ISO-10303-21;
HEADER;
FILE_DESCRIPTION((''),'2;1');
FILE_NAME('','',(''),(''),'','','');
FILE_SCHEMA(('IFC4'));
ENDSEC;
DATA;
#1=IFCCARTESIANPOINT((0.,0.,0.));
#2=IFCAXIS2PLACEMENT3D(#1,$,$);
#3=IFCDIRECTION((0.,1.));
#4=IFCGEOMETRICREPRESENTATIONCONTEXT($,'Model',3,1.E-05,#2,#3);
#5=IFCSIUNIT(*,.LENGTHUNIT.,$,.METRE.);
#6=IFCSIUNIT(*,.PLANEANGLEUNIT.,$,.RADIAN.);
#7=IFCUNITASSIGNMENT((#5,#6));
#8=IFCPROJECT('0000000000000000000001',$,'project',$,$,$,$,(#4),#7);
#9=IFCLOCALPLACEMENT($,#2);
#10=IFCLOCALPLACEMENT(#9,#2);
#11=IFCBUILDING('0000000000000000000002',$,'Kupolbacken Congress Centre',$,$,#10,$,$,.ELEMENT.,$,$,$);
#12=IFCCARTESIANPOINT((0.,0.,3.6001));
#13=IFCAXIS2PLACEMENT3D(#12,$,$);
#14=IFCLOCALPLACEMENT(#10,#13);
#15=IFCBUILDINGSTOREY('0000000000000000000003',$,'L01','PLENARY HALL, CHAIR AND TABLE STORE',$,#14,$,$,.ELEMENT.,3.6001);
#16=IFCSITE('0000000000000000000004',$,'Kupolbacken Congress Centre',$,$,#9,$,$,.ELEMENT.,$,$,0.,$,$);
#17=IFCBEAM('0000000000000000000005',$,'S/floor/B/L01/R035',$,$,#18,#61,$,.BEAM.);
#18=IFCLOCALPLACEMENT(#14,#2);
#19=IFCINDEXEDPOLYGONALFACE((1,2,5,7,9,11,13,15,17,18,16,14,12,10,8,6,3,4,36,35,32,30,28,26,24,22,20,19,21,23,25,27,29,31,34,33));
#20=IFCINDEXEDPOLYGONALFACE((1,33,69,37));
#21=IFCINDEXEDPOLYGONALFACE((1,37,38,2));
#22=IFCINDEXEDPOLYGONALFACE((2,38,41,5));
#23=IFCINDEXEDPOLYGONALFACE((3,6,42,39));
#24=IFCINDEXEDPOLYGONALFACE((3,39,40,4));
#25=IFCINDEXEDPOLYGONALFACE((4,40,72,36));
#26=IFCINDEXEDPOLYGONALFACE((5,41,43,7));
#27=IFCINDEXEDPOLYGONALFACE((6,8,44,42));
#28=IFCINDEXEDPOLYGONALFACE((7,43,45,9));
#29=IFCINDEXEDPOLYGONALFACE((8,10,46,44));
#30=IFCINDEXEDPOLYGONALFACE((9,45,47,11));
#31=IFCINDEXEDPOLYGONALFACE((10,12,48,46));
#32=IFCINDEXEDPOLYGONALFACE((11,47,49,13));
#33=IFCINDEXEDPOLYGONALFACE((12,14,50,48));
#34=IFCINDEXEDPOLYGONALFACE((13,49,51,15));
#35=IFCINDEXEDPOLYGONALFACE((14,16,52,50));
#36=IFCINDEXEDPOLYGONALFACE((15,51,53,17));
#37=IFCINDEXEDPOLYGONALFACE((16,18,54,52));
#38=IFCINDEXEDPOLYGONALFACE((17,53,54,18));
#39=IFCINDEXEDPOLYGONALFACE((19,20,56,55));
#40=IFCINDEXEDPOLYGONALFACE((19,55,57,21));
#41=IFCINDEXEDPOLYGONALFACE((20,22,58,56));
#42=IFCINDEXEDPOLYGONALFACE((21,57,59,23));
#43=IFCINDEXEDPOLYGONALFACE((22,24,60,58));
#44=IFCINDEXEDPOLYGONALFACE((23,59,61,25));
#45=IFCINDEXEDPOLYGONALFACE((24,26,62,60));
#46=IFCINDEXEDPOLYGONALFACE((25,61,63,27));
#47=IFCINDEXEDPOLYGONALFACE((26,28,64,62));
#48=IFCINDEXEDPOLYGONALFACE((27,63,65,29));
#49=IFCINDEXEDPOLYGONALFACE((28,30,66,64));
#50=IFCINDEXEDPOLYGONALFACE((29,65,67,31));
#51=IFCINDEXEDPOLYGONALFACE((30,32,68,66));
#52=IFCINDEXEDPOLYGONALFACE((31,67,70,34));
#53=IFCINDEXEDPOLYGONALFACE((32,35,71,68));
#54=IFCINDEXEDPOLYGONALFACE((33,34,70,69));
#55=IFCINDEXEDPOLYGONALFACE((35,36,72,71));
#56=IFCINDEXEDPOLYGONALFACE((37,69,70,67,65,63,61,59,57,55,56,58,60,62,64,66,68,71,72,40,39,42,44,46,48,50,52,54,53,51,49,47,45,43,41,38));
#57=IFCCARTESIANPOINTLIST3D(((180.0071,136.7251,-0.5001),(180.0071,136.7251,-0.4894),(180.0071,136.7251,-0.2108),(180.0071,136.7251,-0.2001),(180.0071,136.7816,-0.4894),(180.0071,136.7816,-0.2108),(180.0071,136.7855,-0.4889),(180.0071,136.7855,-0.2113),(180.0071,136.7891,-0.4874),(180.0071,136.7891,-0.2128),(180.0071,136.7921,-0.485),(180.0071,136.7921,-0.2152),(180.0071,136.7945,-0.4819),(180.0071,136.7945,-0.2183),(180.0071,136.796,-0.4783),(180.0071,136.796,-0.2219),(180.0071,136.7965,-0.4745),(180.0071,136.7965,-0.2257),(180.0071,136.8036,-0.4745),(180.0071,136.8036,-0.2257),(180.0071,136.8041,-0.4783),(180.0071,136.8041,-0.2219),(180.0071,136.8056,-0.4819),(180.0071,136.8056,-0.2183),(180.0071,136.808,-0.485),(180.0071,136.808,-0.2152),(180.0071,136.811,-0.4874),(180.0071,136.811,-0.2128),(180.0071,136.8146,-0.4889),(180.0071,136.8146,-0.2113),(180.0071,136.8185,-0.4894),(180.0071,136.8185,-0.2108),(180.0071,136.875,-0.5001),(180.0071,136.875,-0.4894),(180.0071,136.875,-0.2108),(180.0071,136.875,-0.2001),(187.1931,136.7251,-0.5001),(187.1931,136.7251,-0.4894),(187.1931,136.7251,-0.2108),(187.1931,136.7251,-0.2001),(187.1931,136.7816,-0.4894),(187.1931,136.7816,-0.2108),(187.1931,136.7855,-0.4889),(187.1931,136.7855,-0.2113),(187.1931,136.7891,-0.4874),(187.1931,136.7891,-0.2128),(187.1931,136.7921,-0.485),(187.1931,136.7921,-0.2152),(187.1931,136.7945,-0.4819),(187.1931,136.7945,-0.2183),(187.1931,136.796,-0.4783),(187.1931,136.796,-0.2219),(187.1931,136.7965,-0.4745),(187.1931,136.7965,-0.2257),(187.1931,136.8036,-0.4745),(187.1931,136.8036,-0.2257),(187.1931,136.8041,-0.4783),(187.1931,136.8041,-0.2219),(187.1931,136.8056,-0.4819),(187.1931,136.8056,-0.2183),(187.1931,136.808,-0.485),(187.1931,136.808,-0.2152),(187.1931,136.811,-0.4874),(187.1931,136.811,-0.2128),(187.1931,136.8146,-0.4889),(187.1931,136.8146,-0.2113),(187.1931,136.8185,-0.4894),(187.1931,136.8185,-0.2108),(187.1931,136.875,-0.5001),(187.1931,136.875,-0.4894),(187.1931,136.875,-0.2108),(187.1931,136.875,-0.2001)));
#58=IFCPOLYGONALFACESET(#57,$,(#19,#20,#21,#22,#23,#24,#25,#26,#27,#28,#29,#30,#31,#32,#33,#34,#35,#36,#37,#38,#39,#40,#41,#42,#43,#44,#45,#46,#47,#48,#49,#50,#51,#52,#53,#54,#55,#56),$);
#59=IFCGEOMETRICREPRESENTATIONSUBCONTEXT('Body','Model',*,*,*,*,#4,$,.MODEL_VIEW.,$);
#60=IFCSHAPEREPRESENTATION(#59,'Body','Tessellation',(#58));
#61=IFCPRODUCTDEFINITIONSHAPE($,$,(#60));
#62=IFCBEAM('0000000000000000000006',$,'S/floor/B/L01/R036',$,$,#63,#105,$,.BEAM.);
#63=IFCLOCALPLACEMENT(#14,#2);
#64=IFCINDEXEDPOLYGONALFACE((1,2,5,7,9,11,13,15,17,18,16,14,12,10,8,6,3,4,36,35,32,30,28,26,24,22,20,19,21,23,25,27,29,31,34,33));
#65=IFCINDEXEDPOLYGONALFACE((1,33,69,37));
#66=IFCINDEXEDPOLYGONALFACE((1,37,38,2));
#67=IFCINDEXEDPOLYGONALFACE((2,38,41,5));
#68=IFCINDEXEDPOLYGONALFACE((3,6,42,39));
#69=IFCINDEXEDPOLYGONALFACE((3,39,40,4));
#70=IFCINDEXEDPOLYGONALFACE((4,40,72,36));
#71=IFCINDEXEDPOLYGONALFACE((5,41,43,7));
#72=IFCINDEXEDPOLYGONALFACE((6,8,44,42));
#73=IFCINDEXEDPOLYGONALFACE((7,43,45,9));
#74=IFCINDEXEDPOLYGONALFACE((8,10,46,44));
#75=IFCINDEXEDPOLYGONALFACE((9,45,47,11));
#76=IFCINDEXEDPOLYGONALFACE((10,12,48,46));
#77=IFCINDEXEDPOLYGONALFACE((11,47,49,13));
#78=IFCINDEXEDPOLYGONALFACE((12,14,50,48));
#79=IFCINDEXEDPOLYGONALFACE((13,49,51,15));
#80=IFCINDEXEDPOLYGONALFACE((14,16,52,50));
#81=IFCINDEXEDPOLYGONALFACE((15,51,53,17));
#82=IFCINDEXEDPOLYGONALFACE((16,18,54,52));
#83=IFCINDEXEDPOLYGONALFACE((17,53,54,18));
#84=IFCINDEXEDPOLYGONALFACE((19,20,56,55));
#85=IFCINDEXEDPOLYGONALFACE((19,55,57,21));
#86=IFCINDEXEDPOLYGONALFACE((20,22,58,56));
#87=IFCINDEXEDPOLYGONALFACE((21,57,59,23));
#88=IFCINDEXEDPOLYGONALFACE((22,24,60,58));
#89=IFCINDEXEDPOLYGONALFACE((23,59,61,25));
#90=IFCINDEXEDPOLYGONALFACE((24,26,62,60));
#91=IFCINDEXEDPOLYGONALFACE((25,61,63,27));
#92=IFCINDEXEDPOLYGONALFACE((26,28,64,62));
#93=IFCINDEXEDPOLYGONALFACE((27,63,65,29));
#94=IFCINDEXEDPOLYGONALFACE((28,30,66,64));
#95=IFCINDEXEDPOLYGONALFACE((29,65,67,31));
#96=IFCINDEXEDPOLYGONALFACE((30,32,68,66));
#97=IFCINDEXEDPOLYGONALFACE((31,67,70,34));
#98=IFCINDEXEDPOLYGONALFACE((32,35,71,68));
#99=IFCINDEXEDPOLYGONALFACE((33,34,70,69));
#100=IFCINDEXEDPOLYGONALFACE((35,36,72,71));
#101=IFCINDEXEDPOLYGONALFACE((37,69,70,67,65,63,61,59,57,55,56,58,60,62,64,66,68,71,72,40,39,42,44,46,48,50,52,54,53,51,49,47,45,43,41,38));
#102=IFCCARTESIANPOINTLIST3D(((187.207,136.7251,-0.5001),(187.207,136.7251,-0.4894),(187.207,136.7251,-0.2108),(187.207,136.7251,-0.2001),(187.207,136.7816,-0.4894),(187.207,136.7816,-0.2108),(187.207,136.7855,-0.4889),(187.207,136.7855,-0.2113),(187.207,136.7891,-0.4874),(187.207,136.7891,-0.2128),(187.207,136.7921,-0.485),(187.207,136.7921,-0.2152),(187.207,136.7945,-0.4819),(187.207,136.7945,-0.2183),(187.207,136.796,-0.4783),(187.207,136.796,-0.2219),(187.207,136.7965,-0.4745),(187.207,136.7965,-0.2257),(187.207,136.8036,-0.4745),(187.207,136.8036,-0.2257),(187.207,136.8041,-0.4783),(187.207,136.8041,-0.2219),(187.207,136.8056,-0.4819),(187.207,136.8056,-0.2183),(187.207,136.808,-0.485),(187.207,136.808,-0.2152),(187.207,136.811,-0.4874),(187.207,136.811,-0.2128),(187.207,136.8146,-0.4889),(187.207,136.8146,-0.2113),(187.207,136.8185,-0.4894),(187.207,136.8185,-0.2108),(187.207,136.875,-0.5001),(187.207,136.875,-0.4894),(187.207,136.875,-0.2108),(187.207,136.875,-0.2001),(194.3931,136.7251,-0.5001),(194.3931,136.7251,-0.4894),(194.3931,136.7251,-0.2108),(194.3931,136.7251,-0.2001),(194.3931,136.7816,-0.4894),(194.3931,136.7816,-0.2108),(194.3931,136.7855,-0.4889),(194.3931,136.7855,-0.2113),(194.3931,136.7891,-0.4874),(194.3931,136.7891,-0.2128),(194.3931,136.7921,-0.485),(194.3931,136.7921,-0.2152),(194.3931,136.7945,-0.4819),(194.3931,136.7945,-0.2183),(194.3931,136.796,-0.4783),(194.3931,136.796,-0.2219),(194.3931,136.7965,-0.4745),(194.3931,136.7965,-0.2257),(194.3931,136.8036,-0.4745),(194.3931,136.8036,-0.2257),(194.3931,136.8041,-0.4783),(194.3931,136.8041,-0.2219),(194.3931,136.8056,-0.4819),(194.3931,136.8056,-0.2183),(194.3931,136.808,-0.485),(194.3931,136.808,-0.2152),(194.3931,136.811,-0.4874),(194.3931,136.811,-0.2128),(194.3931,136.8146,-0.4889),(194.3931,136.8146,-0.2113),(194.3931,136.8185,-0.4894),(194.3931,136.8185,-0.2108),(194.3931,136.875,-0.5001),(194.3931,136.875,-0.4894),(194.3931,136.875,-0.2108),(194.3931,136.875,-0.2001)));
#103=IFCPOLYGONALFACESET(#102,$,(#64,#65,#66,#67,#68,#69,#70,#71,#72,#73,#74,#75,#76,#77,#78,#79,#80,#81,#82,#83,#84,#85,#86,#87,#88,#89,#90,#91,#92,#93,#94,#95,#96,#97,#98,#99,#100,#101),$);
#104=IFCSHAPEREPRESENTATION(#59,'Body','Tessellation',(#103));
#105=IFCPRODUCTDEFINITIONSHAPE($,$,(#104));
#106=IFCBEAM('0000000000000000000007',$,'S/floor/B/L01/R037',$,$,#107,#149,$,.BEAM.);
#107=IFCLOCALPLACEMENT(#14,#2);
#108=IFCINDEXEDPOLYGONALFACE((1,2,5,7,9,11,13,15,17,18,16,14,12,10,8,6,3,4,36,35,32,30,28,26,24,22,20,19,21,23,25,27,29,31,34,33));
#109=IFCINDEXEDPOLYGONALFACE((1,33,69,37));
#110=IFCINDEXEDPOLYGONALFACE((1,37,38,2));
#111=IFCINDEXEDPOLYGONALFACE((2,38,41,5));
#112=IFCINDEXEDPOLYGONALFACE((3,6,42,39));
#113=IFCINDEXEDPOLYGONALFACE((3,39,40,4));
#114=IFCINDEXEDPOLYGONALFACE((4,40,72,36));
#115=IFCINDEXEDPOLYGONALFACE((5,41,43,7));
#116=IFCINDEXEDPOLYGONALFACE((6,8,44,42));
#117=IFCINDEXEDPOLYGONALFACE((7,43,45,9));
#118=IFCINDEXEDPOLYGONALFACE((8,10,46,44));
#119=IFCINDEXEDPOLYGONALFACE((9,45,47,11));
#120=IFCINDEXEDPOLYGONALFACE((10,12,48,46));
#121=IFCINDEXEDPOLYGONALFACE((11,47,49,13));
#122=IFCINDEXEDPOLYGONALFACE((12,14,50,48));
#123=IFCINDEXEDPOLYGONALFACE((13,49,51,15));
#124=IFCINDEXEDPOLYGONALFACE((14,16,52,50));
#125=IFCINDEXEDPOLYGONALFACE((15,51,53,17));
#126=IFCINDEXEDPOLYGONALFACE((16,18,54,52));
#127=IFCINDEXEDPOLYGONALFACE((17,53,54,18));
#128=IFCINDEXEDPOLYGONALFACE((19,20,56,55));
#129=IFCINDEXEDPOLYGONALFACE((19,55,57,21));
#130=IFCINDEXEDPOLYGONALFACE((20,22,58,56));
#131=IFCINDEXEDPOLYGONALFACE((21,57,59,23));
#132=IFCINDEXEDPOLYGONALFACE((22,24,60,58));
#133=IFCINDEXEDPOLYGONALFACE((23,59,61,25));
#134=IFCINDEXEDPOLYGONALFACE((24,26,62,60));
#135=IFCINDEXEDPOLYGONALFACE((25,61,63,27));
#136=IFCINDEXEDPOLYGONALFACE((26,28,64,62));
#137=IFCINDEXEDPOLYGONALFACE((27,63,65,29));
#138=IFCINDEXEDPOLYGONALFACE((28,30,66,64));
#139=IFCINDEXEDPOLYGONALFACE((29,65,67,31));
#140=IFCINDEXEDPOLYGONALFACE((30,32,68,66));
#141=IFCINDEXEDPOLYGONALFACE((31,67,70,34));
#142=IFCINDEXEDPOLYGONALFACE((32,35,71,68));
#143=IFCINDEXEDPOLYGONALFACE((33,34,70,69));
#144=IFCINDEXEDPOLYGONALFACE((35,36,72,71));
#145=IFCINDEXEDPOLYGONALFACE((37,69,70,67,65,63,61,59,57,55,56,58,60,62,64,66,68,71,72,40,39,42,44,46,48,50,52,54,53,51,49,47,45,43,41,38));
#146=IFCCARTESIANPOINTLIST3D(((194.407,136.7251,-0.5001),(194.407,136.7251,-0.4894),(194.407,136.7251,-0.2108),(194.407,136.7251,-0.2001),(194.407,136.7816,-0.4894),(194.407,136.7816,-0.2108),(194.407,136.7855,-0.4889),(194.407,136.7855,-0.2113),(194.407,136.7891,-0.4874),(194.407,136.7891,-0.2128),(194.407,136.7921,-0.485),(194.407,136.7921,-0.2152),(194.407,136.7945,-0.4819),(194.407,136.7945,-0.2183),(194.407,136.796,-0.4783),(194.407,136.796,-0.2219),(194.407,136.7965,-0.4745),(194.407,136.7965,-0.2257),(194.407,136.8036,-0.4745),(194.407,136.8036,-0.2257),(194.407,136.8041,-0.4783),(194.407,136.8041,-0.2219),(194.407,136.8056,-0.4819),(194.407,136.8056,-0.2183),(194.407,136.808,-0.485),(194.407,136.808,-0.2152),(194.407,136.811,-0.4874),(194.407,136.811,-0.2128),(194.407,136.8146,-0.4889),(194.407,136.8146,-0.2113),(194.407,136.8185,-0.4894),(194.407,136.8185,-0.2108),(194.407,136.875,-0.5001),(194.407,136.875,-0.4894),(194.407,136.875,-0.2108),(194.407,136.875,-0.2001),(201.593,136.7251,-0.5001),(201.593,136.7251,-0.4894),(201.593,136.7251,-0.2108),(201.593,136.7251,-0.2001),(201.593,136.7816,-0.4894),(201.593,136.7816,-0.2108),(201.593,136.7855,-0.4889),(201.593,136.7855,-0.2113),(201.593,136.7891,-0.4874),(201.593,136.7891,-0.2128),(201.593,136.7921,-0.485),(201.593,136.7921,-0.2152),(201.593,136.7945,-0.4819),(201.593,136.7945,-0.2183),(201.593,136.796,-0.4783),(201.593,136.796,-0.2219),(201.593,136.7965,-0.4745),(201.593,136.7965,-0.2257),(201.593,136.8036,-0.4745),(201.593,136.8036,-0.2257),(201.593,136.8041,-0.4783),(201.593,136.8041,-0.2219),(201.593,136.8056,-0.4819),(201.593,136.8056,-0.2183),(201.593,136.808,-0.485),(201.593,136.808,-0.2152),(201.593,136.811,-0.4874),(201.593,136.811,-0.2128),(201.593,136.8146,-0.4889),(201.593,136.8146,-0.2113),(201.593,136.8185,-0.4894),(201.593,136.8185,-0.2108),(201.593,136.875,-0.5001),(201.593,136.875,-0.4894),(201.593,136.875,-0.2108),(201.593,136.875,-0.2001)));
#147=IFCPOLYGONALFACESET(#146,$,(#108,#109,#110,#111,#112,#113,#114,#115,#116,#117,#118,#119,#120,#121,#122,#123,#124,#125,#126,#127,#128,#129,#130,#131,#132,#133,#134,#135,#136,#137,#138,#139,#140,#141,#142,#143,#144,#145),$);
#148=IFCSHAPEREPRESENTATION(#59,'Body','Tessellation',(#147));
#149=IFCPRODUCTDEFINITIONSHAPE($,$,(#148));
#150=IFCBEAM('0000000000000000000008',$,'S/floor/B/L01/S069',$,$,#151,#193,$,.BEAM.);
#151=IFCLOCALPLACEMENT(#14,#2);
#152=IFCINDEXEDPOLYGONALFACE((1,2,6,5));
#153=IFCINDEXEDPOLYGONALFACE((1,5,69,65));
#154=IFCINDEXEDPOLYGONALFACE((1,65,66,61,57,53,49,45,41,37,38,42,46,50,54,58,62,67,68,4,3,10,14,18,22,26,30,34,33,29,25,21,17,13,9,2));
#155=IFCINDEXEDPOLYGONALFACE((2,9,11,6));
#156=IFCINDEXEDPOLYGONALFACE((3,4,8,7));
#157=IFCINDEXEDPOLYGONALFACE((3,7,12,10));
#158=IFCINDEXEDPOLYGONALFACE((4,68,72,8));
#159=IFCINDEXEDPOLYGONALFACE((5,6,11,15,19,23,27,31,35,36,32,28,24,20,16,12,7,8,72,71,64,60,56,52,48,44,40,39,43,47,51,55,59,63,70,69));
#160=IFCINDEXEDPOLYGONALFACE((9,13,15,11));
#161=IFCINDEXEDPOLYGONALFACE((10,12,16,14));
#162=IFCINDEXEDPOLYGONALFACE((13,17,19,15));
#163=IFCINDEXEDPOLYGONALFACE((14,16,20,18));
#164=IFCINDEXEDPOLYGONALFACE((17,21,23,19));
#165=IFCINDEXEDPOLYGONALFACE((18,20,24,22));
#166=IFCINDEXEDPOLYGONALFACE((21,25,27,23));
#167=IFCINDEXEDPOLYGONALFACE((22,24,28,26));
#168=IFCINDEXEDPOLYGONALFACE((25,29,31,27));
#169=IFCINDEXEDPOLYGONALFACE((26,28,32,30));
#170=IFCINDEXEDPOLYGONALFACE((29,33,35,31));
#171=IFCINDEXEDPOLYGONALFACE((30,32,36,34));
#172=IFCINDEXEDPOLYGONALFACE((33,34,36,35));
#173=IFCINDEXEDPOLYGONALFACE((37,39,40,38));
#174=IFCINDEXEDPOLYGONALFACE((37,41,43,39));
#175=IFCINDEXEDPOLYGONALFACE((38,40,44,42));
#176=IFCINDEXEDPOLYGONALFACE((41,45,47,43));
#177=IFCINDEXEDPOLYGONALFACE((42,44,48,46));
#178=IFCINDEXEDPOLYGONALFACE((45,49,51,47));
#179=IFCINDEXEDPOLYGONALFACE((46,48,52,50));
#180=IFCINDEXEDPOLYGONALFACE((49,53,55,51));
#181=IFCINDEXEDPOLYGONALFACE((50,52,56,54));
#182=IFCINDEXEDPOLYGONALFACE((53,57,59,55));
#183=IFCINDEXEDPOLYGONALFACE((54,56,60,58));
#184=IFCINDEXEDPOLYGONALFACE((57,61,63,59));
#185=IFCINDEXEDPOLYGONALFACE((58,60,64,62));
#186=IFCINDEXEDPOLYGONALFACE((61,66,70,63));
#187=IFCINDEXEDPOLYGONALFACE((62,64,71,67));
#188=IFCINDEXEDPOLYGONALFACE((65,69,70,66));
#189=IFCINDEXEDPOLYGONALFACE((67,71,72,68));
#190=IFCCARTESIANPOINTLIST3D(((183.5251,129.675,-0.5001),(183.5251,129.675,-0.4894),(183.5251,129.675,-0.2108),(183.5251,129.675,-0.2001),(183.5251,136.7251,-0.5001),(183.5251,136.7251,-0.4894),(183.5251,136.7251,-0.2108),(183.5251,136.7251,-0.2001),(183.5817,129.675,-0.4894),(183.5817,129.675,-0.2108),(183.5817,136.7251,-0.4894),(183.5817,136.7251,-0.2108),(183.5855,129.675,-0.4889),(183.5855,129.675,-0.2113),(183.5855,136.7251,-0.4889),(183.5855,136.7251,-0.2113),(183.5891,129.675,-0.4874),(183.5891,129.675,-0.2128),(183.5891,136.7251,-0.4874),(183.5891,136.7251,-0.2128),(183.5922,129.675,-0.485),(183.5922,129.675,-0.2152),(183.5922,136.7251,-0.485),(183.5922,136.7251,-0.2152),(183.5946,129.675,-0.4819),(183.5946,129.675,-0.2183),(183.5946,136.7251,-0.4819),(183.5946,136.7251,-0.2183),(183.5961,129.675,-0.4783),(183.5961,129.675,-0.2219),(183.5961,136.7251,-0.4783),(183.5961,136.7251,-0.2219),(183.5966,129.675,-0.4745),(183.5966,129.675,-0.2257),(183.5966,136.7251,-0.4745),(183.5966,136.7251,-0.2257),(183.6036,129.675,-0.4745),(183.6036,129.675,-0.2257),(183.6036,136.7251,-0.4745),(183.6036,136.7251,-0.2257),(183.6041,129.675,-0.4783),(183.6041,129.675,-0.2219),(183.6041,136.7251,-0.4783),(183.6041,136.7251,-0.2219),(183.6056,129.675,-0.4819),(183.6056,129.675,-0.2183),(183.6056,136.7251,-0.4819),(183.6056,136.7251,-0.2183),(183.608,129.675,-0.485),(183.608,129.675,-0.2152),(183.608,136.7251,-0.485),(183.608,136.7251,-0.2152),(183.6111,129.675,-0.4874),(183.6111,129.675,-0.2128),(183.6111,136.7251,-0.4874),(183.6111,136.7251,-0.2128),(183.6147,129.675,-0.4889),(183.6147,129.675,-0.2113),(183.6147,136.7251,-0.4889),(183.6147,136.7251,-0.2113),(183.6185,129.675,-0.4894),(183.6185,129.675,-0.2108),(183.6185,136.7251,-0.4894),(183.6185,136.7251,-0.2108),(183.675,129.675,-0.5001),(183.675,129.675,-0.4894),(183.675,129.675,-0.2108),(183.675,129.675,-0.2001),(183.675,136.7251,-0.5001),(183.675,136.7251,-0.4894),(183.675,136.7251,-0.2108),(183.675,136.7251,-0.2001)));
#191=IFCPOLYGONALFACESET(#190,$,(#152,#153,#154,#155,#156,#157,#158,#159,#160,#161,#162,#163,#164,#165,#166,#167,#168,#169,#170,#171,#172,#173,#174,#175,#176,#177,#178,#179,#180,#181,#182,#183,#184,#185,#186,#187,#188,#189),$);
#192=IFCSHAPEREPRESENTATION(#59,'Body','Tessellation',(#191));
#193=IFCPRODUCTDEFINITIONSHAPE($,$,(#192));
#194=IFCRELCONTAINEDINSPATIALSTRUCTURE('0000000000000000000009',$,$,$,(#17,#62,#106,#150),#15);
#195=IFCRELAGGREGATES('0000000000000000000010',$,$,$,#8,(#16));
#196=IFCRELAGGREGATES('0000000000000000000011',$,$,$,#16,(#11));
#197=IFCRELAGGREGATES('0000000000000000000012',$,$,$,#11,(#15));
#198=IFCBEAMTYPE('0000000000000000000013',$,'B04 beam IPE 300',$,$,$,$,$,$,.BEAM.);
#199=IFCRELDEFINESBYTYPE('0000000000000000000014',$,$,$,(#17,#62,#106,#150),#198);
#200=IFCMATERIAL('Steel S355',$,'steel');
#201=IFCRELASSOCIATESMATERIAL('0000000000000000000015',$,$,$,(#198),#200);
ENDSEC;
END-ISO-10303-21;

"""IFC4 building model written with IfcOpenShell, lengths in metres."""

from ifc_helpers import new_model, si_unit, direction, frame, origin, origin_2d, place, context, subcontext, project, spatial, i_section, extrude, material, material_profile, profile_set, type_object, element, save


model = new_model("IFC4")

# Units and contexts
model_context = context("Model", 3, precision=1e-05, world=origin(), true_north=direction((0.0, 1.0)))
body_context = subcontext(model_context, "Body", "Model", "MODEL_VIEW")
ifc_project = project(units=[si_unit("LENGTHUNIT", "METRE"), si_unit("PLANEANGLEUNIT", "RADIAN")], contexts=[model_context])

# Site, building, storey
site_placement = place(None, origin())
site = spatial("IfcSite", under=ifc_project, at=site_placement, Name="Kupolbacken Congress Centre", CompositionType="ELEMENT", RefElevation=0.0)
building_placement = place(site_placement, origin())
building = spatial("IfcBuilding", under=site, at=building_placement, Name="Kupolbacken Congress Centre", CompositionType="ELEMENT")
storey_placement = place(building_placement, frame((0.0, 0.0, 3.6001)))
storey = spatial("IfcBuildingStorey", under=building, at=storey_placement, Name="L01", Description="PLENARY HALL, CHAIR AND TABLE STORE", CompositionType="ELEMENT", Elevation=3.6001)

# Beams
ifc_material_1 = material(Name="Steel S355", Category="steel")
ifc_material_profile_1 = material_profile(ifc_material_1, i_section(OverallWidth=0.1499, OverallDepth=0.3, WebThickness=0.0071, FlangeThickness=0.0107, FilletRadius=0.0149, at=origin_2d()), Name="IPE 300")
ifc_profile_set_1 = profile_set([ifc_material_profile_1], Name="Steel S355")
beam_type_1 = type_object("IfcBeamType", Name="B04 beam IPE 300", PredefinedType="BEAM", material=ifc_profile_set_1)
for number, where, z_axis, x_axis, name in (
    (1, (180.0071, 136.8, -0.3501), (1.0, 0.0, 0.0), (0.0, 1.0, 0.0), "S/floor/B/L01/R035"),
    (2, (187.207, 136.8, -0.3501), (1.0, 0.0, 0.0), (0.0, 1.0, 0.0), "S/floor/B/L01/R036"),
    (3, (194.407, 136.8, -0.3501), (1.0, 0.0, 0.0), (0.0, 1.0, 0.0), "S/floor/B/L01/R037"),
):
    element("IfcBeam", number, at=place(storey_placement, frame(where, z_axis=z_axis, x_axis=x_axis)), inside=storey, type_object=beam_type_1, Name=name, PredefinedType="BEAM", context=body_context, shape_type="SweptSolid", body=[
        extrude(i_section(OverallWidth=0.1499, OverallDepth=0.3, WebThickness=0.0071, FlangeThickness=0.0107, FilletRadius=0.0149, at=origin_2d()), origin(), (0.0, 0.0, 1.0), 7.186),
    ])
for number, where, z_axis, x_axis, name in (
    (4, (183.6001, 129.675, -0.3501), (0.0, 1.0, 0.0), (-1.0, 0.0, 0.0), "S/floor/B/L01/S069"),
):
    element("IfcBeam", number, at=place(storey_placement, frame(where, z_axis=z_axis, x_axis=x_axis)), inside=storey, type_object=beam_type_1, Name=name, PredefinedType="BEAM", context=body_context, shape_type="SweptSolid", body=[
        extrude(i_section(OverallWidth=0.1499, OverallDepth=0.3, WebThickness=0.0071, FlangeThickness=0.0107, FilletRadius=0.0149, at=origin_2d()), origin(), (0.0, 0.0, 1.0), 7.05),
    ])

save(model, "model.ifc")
